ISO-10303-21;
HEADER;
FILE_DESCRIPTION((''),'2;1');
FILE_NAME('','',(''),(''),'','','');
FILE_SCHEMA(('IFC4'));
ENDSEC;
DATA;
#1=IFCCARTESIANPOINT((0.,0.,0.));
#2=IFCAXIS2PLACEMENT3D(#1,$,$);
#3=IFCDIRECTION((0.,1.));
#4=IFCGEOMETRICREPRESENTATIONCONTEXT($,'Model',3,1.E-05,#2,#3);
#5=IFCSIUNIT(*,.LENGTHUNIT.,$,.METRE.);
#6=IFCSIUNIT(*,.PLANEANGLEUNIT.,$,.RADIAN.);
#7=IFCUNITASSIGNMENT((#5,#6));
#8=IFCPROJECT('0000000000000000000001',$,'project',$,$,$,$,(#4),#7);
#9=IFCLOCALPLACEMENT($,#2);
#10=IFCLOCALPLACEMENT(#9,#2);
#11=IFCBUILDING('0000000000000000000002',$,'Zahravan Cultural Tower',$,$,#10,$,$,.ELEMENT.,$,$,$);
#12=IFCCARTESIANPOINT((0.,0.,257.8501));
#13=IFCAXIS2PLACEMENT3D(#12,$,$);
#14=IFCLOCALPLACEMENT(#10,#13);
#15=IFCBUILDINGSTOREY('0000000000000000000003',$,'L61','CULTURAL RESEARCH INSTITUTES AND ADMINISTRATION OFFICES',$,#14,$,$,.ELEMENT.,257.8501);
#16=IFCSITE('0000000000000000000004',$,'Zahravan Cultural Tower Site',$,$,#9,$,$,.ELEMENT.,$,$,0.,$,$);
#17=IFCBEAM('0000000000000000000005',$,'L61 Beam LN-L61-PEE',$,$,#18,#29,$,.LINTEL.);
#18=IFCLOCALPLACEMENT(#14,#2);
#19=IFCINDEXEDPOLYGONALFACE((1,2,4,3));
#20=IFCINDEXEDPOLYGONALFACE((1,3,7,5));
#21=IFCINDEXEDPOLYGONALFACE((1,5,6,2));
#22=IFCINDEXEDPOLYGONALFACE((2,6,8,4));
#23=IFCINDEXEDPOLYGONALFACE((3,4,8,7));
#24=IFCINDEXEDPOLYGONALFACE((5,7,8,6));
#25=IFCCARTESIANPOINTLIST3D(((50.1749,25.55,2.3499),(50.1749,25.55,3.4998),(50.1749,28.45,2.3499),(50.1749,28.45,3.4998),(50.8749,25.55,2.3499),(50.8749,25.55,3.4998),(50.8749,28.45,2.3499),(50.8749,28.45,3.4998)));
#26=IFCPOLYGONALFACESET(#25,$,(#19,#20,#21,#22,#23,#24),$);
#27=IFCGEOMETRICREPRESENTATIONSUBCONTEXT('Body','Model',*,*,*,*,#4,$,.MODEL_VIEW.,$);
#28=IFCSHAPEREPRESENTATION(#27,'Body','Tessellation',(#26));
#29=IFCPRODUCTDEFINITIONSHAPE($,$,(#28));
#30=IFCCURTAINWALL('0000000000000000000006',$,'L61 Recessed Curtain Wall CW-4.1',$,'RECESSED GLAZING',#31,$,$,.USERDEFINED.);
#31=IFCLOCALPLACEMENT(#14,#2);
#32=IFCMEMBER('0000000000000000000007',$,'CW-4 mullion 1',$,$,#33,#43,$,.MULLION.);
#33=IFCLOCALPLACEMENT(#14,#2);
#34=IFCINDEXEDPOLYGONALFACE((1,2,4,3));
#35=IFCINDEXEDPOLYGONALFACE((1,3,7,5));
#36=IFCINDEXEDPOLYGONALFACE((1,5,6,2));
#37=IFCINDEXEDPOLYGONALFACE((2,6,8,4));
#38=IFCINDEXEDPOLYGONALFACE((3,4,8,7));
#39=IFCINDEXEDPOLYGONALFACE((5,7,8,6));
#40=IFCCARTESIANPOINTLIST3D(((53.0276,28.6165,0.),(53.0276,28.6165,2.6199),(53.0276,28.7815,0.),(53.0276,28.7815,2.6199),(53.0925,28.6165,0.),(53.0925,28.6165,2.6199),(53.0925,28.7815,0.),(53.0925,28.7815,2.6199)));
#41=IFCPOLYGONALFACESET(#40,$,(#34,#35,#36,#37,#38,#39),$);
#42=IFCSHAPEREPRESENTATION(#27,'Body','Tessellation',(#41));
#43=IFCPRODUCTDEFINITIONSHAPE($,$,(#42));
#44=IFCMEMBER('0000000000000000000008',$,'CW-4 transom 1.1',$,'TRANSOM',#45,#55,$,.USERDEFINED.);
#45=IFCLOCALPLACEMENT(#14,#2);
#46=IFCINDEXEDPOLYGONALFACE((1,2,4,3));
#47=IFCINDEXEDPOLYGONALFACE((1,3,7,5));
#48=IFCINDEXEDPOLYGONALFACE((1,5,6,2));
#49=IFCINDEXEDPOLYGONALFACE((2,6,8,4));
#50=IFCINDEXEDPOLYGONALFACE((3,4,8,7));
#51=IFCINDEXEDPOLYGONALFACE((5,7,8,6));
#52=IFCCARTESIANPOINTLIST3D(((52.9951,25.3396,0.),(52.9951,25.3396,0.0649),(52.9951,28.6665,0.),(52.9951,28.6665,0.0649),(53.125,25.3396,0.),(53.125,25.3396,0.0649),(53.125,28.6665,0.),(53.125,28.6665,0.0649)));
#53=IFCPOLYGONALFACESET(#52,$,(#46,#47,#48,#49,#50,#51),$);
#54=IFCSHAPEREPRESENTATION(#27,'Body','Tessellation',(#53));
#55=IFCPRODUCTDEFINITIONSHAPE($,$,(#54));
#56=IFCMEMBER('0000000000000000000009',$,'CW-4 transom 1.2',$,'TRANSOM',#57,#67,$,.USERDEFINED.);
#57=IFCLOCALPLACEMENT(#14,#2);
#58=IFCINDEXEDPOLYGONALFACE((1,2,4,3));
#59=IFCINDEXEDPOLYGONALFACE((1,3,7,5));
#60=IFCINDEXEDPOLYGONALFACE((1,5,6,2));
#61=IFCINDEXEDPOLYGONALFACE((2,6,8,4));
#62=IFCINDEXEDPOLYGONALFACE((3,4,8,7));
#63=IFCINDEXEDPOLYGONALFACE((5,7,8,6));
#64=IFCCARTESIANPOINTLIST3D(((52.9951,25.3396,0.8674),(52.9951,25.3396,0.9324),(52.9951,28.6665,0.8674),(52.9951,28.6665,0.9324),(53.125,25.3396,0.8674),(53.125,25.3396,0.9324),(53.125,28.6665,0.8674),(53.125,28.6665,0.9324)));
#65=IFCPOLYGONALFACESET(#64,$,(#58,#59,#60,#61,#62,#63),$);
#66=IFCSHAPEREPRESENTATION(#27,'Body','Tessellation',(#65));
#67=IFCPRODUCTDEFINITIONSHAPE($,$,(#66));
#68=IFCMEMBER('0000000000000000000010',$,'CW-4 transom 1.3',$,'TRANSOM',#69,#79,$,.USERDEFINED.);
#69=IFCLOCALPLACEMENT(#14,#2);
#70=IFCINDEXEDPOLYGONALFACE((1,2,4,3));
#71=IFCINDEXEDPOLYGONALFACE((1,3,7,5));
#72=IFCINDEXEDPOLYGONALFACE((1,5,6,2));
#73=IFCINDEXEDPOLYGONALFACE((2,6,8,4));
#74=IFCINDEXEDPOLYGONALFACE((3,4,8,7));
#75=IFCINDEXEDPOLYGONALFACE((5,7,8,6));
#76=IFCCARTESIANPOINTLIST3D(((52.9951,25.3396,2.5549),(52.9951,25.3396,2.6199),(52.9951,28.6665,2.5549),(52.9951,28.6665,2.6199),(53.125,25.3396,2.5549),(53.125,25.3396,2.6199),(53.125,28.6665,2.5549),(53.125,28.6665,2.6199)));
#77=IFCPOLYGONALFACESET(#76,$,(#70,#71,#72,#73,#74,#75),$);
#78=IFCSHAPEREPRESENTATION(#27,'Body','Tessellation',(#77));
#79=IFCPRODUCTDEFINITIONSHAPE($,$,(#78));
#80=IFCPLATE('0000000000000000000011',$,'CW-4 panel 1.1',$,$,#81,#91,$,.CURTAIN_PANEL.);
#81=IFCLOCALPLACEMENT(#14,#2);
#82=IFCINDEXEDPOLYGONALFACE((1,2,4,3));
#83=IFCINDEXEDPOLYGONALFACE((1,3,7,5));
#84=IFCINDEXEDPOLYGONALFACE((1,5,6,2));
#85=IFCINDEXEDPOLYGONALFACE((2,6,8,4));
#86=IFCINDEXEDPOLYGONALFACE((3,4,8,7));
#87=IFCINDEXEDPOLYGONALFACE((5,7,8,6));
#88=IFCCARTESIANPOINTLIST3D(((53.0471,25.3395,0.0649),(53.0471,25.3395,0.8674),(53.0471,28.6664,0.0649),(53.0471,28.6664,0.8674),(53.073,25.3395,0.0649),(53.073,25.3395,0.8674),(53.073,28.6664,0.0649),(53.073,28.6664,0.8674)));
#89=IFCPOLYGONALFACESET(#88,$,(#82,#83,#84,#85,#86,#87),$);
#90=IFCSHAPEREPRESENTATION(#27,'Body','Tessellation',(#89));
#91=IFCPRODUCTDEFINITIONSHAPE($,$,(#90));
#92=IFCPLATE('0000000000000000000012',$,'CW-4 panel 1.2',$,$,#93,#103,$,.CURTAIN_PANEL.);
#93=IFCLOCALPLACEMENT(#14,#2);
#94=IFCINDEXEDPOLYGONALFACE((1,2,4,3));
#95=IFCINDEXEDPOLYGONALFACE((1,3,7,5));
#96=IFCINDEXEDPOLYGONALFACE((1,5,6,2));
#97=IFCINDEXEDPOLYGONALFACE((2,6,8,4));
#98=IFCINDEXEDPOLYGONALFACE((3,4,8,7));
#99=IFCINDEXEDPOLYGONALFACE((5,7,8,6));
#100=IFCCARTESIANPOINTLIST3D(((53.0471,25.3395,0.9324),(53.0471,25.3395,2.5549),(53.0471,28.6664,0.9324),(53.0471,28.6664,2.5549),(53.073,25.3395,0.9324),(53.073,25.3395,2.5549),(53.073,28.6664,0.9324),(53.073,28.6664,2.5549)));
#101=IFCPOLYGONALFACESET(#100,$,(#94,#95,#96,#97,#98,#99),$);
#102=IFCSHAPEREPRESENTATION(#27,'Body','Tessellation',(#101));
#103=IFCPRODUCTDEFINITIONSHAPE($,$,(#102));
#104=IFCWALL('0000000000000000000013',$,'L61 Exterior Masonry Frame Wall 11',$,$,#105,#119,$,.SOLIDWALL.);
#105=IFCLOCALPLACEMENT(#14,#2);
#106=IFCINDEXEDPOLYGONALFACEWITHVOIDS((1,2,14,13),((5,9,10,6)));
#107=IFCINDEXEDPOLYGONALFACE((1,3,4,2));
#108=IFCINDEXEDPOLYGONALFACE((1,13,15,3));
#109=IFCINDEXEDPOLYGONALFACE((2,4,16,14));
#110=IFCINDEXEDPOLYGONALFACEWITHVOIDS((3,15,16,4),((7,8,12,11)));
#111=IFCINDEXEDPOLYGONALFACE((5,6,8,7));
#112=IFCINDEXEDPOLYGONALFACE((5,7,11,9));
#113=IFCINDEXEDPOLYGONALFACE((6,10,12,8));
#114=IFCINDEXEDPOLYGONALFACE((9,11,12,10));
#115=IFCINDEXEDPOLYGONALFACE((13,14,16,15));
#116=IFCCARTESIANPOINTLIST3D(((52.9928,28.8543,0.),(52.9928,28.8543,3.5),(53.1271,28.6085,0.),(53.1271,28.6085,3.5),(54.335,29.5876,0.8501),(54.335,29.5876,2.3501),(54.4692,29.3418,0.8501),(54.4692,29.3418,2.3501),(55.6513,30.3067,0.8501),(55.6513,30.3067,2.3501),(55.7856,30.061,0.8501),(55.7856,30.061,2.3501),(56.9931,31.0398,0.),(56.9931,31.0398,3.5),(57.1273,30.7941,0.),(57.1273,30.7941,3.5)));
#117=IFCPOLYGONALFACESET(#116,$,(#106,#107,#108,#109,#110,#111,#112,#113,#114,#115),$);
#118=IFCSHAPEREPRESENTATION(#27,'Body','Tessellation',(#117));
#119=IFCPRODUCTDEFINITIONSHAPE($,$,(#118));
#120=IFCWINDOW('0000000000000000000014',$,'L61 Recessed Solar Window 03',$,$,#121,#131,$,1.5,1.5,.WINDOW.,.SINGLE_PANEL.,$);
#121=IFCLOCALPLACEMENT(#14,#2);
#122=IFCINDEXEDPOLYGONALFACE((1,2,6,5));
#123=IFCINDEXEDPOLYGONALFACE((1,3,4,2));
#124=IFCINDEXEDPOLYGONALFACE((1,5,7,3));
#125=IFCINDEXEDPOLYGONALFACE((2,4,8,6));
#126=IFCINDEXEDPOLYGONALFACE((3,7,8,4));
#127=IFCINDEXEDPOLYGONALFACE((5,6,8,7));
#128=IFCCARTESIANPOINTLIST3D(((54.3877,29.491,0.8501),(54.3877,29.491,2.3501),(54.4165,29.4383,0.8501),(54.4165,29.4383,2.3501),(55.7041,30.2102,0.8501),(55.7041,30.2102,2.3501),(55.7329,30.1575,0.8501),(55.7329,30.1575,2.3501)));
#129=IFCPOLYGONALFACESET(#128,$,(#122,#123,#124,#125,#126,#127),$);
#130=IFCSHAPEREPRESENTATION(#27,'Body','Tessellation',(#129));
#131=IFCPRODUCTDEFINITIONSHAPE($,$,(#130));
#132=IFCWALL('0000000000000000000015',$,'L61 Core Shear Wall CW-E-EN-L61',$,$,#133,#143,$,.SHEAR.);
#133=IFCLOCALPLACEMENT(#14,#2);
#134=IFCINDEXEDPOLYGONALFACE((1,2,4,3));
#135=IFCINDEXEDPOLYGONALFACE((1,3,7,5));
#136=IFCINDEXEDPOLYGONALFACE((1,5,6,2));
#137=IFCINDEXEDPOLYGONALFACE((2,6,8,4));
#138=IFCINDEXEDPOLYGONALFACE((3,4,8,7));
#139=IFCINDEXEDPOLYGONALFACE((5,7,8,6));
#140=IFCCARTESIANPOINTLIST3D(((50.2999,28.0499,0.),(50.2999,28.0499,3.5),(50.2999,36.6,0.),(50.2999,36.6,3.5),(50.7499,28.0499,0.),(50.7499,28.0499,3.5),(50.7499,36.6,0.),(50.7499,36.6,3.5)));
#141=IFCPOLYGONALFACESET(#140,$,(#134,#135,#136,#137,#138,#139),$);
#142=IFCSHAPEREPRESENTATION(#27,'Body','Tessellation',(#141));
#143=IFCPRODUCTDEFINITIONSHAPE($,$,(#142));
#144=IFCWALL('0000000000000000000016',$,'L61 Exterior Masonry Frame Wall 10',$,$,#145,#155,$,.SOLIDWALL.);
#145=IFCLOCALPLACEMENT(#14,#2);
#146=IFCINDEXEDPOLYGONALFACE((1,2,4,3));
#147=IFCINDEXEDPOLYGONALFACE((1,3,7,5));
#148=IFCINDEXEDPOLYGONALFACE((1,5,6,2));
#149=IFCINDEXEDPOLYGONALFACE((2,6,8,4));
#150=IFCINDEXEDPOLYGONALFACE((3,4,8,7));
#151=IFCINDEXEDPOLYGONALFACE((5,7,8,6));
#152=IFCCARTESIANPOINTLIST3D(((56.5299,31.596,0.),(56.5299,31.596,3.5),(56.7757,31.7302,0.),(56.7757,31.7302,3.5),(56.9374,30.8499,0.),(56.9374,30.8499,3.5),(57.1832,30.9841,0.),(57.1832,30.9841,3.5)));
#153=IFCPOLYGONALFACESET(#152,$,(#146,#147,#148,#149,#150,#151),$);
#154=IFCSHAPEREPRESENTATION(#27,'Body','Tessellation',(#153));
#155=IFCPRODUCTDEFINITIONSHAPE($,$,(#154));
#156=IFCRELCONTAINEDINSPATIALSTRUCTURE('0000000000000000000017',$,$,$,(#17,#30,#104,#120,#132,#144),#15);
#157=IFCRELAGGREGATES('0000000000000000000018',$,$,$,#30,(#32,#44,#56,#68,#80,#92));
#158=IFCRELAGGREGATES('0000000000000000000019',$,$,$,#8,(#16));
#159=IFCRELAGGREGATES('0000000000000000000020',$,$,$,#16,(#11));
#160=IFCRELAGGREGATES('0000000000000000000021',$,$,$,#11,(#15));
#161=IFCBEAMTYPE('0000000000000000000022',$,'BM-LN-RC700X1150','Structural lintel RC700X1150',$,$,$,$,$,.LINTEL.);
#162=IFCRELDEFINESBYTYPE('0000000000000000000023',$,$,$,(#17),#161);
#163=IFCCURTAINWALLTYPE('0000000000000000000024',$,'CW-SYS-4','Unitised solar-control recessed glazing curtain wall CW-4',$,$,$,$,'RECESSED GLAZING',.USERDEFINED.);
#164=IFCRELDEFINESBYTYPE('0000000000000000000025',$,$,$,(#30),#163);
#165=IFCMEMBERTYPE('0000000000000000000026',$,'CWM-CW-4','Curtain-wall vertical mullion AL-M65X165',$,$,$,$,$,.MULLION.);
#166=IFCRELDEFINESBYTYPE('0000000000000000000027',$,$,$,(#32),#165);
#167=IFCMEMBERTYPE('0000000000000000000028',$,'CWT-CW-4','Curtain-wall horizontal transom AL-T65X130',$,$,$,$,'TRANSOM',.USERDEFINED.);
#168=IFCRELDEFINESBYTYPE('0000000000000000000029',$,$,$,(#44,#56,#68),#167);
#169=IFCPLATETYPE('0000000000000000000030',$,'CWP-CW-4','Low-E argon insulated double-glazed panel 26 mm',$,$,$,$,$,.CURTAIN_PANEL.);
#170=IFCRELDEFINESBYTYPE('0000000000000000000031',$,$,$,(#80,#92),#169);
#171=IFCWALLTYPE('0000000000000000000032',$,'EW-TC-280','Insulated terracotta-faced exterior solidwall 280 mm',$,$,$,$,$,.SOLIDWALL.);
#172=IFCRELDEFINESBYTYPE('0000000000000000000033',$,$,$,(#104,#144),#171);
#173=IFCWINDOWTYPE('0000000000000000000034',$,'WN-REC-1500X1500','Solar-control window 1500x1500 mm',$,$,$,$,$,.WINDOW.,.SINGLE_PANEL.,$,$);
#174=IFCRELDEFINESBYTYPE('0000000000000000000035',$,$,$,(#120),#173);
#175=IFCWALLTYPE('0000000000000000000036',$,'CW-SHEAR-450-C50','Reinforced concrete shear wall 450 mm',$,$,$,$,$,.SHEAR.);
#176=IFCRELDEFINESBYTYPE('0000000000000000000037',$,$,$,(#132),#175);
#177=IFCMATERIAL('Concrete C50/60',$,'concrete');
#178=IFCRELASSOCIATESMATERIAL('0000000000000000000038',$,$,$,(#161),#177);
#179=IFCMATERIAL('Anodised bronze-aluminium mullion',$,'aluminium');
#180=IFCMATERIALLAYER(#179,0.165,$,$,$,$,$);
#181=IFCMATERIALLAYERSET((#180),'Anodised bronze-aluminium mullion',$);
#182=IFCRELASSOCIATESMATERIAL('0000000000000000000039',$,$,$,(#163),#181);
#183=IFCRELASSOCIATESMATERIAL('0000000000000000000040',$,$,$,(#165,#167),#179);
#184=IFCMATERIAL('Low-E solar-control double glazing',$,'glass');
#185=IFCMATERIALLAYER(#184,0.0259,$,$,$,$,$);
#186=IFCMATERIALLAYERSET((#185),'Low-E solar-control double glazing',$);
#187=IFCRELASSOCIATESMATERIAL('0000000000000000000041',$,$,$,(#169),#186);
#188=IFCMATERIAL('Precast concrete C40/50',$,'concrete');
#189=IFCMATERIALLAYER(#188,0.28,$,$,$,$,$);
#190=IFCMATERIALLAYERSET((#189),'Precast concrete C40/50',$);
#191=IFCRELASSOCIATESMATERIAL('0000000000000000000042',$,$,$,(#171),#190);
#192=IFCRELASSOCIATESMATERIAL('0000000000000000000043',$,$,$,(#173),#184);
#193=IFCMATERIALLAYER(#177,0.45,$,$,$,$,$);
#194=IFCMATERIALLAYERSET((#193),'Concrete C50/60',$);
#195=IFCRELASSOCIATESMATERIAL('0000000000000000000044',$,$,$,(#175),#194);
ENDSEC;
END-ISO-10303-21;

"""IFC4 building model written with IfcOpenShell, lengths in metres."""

from ifc_helpers import new_model, si_unit, direction, frame, frame_2d, origin, origin_2d, place, context, subcontext, project, spatial, rectangle, extrude, source, transform, mapped, material, layer, layer_set, material_profile, profile_set, type_object, element, fill, aggregate, save


model = new_model("IFC4")

# Units and contexts
model_context = context("Model", 3, precision=1e-05, world=origin(), true_north=direction((0.0, 1.0)))
body_context = subcontext(model_context, "Body", "Model", "MODEL_VIEW")
ifc_project = project(units=[si_unit("LENGTHUNIT", "METRE"), si_unit("PLANEANGLEUNIT", "RADIAN")], contexts=[model_context])

# Site, building, storey
site_placement = place(None, origin())
site = spatial("IfcSite", under=ifc_project, at=site_placement, Name="Zahravan Cultural Tower Site", CompositionType="ELEMENT", RefElevation=0.0)
building_placement = place(site_placement, origin())
building = spatial("IfcBuilding", under=site, at=building_placement, Name="Zahravan Cultural Tower", CompositionType="ELEMENT")
storey_placement = place(building_placement, frame((0.0, 0.0, 257.8501)))
storey = spatial("IfcBuildingStorey", under=building, at=storey_placement, Name="L61", Description="CULTURAL RESEARCH INSTITUTES AND ADMINISTRATION OFFICES", CompositionType="ELEMENT", Elevation=257.8501)

# Beam
ifc_material_1 = material(Name="Concrete C50/60", Category="concrete")
ifc_material_profile_1 = material_profile(ifc_material_1, rectangle(XDim=0.7, YDim=1.1499, at=origin_2d()), Name="RC700X1150")
ifc_profile_set_1 = profile_set([ifc_material_profile_1], Name="Concrete C50/60")
beam_type = type_object("IfcBeamType", Name="BM-LN-RC700X1150", Description="Structural lintel RC700X1150", PredefinedType="LINTEL", material=ifc_profile_set_1)
shared_shape_1 = source(origin(), body_context, "Body", "SweptSolid", [
    extrude(rectangle(XDim=0.7, YDim=1.1499, at=origin_2d()), origin(), (0.0, 0.0, 1.0), 2.8999),
])
beam_placement = place(storey_placement, frame((50.5249, 25.55, 2.9248), z_axis=(0.0, 1.0, 0.0), x_axis=(-1.0, 0.0, 0.0)))
element("IfcBeam", 1, at=beam_placement, inside=storey, type_object=beam_type, Name="L61 Beam LN-L61-PEE", PredefinedType="LINTEL", context=body_context, shape_type="MappedRepresentation", body=[
    mapped(shared_shape_1, transform((0.0, 0.0, 0.0), x_axis=(1.0, 0.0, 0.0), y_axis=(0.0, 1.0, 0.0), z_axis=(0.0, 0.0, 1.0), scale=1.0)),
])

# Curtain wall, members, plates
ifc_material_2 = material(Name="Anodised bronze-aluminium mullion", Category="aluminium")
ifc_layer_1 = layer(ifc_material_2, 0.165)
ifc_layer_set_1 = layer_set([ifc_layer_1], Name="Anodised bronze-aluminium mullion")
curtain_wall_type = type_object("IfcCurtainWallType", Name="CW-SYS-4", Description="Unitised solar-control recessed glazing curtain wall CW-4", ElementType="RECESSED GLAZING", PredefinedType="USERDEFINED", material=ifc_layer_set_1)
curtain_wall_placement = place(storey_placement, origin())
curtain_wall = element("IfcCurtainWall", 2, at=curtain_wall_placement, inside=storey, type_object=curtain_wall_type, Name="L61 Recessed Curtain Wall CW-4.1", ObjectType="RECESSED GLAZING", PredefinedType="USERDEFINED")
ifc_material_profile_2 = material_profile(ifc_material_2, rectangle(XDim=0.0649, YDim=0.165, at=origin_2d()), Name="AL-M65X165")
ifc_profile_set_2 = profile_set([ifc_material_profile_2], Name="Anodised bronze-aluminium mullion")
member_type_1 = type_object("IfcMemberType", Name="CWM-CW-4", Description="Curtain-wall vertical mullion AL-M65X165", PredefinedType="MULLION", material=ifc_profile_set_2)
shared_shape_2 = source(origin(), body_context, "Body", "SweptSolid", [
    extrude(rectangle(XDim=0.0649, YDim=0.165, at=origin_2d()), origin(), (0.0, 0.0, 1.0), 2.6199),
])
member_1_placement = place(storey_placement, frame((53.0601, 28.699, 0.0), z_axis=(0.0, 0.0, 1.0), x_axis=(1.0, 0.0, 0.0)))
member_1 = element("IfcMember", 3, at=member_1_placement, type_object=member_type_1, Name="CW-4 mullion 1", PredefinedType="MULLION", context=body_context, shape_type="MappedRepresentation", body=[
    mapped(shared_shape_2, transform((0.0, 0.0, 0.0), x_axis=(1.0, 0.0, 0.0), y_axis=(0.0, 1.0, 0.0), z_axis=(0.0, 0.0, 1.0), scale=1.0)),
])
ifc_material_profile_3 = material_profile(ifc_material_2, rectangle(XDim=0.1299, YDim=0.0649, at=origin_2d()), Name="AL-T65X130")
ifc_profile_set_3 = profile_set([ifc_material_profile_3], Name="Anodised bronze-aluminium mullion")
member_type_2 = type_object("IfcMemberType", Name="CWT-CW-4", Description="Curtain-wall horizontal transom AL-T65X130", ElementType="TRANSOM", PredefinedType="USERDEFINED", material=ifc_profile_set_3)
shared_shape_3 = source(origin(), body_context, "Body", "SweptSolid", [
    extrude(rectangle(XDim=0.1299, YDim=0.0649, at=origin_2d()), origin(), (0.0, 0.0, 1.0), 3.3269),
])
member_2_placement = place(storey_placement, frame((53.0601, 28.6665, 0.0325), z_axis=(0.0, -1.0, 0.0), x_axis=(1.0, 0.0, 0.0)))
member_2 = element("IfcMember", 4, at=member_2_placement, type_object=member_type_2, Name="CW-4 transom 1.1", ObjectType="TRANSOM", PredefinedType="USERDEFINED", context=body_context, shape_type="MappedRepresentation", body=[
    mapped(shared_shape_3, transform((0.0, 0.0, 0.0), x_axis=(1.0, 0.0, 0.0), y_axis=(0.0, 1.0, 0.0), z_axis=(0.0, 0.0, 1.0), scale=1.0)),
])
member_3_placement = place(storey_placement, frame((53.0601, 28.6665, 0.8999), z_axis=(0.0, -1.0, 0.0), x_axis=(1.0, 0.0, 0.0)))
member_3 = element("IfcMember", 5, at=member_3_placement, type_object=member_type_2, Name="CW-4 transom 1.2", ObjectType="TRANSOM", PredefinedType="USERDEFINED", context=body_context, shape_type="MappedRepresentation", body=[
    mapped(shared_shape_3, transform((0.0, 0.0, 0.0), x_axis=(1.0, 0.0, 0.0), y_axis=(0.0, 1.0, 0.0), z_axis=(0.0, 0.0, 1.0), scale=1.0)),
])
member_4_placement = place(storey_placement, frame((53.0601, 28.6665, 2.5874), z_axis=(0.0, -1.0, 0.0), x_axis=(1.0, 0.0, 0.0)))
member_4 = element("IfcMember", 6, at=member_4_placement, type_object=member_type_2, Name="CW-4 transom 1.3", ObjectType="TRANSOM", PredefinedType="USERDEFINED", context=body_context, shape_type="MappedRepresentation", body=[
    mapped(shared_shape_3, transform((0.0, 0.0, 0.0), x_axis=(1.0, 0.0, 0.0), y_axis=(0.0, 1.0, 0.0), z_axis=(0.0, 0.0, 1.0), scale=1.0)),
])
ifc_material_3 = material(Name="Low-E solar-control double glazing", Category="glass")
ifc_layer_2 = layer(ifc_material_3, 0.0259)
ifc_layer_set_2 = layer_set([ifc_layer_2], Name="Low-E solar-control double glazing")
plate_type = type_object("IfcPlateType", Name="CWP-CW-4", Description="Low-E argon insulated double-glazed panel 26 mm", PredefinedType="CURTAIN_PANEL", material=ifc_layer_set_2)
shared_shape_4 = source(origin(), body_context, "Body", "SweptSolid", [
    extrude(rectangle(XDim=3.3269, YDim=0.0259, at=origin_2d()), origin(), (0.0, 0.0, 1.0), 0.8025),
])
plate_1_placement = place(storey_placement, frame((53.0601, 27.0029, 0.0649), z_axis=(0.0, 0.0, 1.0), x_axis=(0.0, -1.0, 0.0)))
plate_1 = element("IfcPlate", 7, at=plate_1_placement, type_object=plate_type, Name="CW-4 panel 1.1", PredefinedType="CURTAIN_PANEL", context=body_context, shape_type="MappedRepresentation", body=[
    mapped(shared_shape_4, transform((0.0, 0.0, 0.0), x_axis=(1.0, 0.0, 0.0), y_axis=(0.0, 1.0, 0.0), z_axis=(0.0, 0.0, 1.0), scale=1.0)),
])
shared_shape_5 = source(origin(), body_context, "Body", "SweptSolid", [
    extrude(rectangle(XDim=3.3269, YDim=0.0259, at=origin_2d()), origin(), (0.0, 0.0, 1.0), 1.6226),
])
plate_2_placement = place(storey_placement, frame((53.0601, 27.0029, 0.9324), z_axis=(0.0, 0.0, 1.0), x_axis=(0.0, -1.0, 0.0)))
plate_2 = element("IfcPlate", 8, at=plate_2_placement, type_object=plate_type, Name="CW-4 panel 1.2", PredefinedType="CURTAIN_PANEL", context=body_context, shape_type="MappedRepresentation", body=[
    mapped(shared_shape_5, transform((0.0, 0.0, 0.0), x_axis=(1.0, 0.0, 0.0), y_axis=(0.0, 1.0, 0.0), z_axis=(0.0, 0.0, 1.0), scale=1.0)),
])
aggregate(curtain_wall, [member_1, member_2, member_3, member_4, plate_1, plate_2])

# Wall, opening, window
ifc_material_4 = material(Name="Precast concrete C40/50", Category="concrete")
ifc_layer_3 = layer(ifc_material_4, 0.28)
ifc_layer_set_3 = layer_set([ifc_layer_3], Name="Precast concrete C40/50")
wall_type_1 = type_object("IfcWallType", Name="EW-TC-280", Description="Insulated terracotta-faced exterior solidwall 280 mm", PredefinedType="SOLIDWALL", material=ifc_layer_set_3)
wall_1_placement = place(storey_placement, frame((57.0603, 30.917, 0.0), z_axis=(0.0, 0.0, 1.0), x_axis=(-0.877564, -0.47946, 0.0)))
wall_1 = element("IfcWall", 9, at=wall_1_placement, inside=storey, type_object=wall_type_1, Name="L61 Exterior Masonry Frame Wall 11", PredefinedType="SOLIDWALL", context=body_context, shape_type="SweptSolid", body=[
    extrude(rectangle(XDim=4.5583, YDim=0.28, at=frame_2d((2.2793, 0.0))), origin(), (0.0, 0.0, 1.0), 3.5),
])
opening_placement = place(wall_1_placement, frame((1.5291, 0.0, 0.8501)))
opening = element("IfcOpeningElement", 10, at=opening_placement, cuts=wall_1, PredefinedType="OPENING", context=body_context, shape_type="SweptSolid", body=[
    extrude(rectangle(XDim=1.5, YDim=1.5, at=frame_2d((0.75, 0.75))), frame((0.0, 0.1499, 0.0), z_axis=(0.0, -1.0, 0.0), x_axis=(1.0, 0.0, 0.0)), (0.0, 0.0, 1.0), 0.3),
])
window_type = type_object("IfcWindowType", Name="WN-REC-1500X1500", Description="Solar-control window 1500x1500 mm", PartitioningType="SINGLE_PANEL", PredefinedType="WINDOW", material=ifc_material_3)
shared_shape_6 = source(origin(), body_context, "Body", "SweptSolid", [
    extrude(rectangle(XDim=1.5, YDim=1.5, at=frame_2d((0.75, 0.75))), frame((0.0, 0.03, 0.0), z_axis=(0.0, -1.0, 0.0), x_axis=(1.0, 0.0, 0.0)), (0.0, 0.0, 1.0), 0.0601),
])
window_placement = place(opening_placement, origin())
window = element("IfcWindow", 11, at=window_placement, inside=storey, type_object=window_type, Name="L61 Recessed Solar Window 03", OverallHeight=1.5, OverallWidth=1.5, PartitioningType="SINGLE_PANEL", PredefinedType="WINDOW", context=body_context, shape_type="MappedRepresentation", body=[
    mapped(shared_shape_6, transform((0.0, 0.0, 0.0), x_axis=(1.0, 0.0, 0.0), y_axis=(0.0, 1.0, 0.0), z_axis=(0.0, 0.0, 1.0), scale=1.0)),
])
fill(opening, window)

# Walls
ifc_layer_4 = layer(ifc_material_1, 0.45)
ifc_layer_set_4 = layer_set([ifc_layer_4], Name="Concrete C50/60")
wall_type_2 = type_object("IfcWallType", Name="CW-SHEAR-450-C50", Description="Reinforced concrete shear wall 450 mm", PredefinedType="SHEAR", material=ifc_layer_set_4)
shared_shape_7 = source(origin(), body_context, "Body", "SweptSolid", [
    extrude(rectangle(XDim=8.55, YDim=0.45, at=frame_2d((4.2749, 0.0))), origin(), (0.0, 0.0, 1.0), 3.5),
])
wall_2_placement = place(storey_placement, frame((50.5249, 28.05, 0.0), z_axis=(0.0, 0.0, 1.0), x_axis=(0.0, 1.0, 0.0)))
element("IfcWall", 12, at=wall_2_placement, inside=storey, type_object=wall_type_2, Name="L61 Core Shear Wall CW-E-EN-L61", PredefinedType="SHEAR", context=body_context, shape_type="MappedRepresentation", body=[
    mapped(shared_shape_7, transform((0.0, 0.0, 0.0), x_axis=(1.0, 0.0, 0.0), y_axis=(0.0, 1.0, 0.0), z_axis=(0.0, 0.0, 1.0), scale=1.0)),
])
shared_shape_8 = source(origin(), body_context, "Body", "SweptSolid", [
    extrude(rectangle(XDim=0.8501, YDim=0.28, at=frame_2d((0.425, 0.0))), origin(), (0.0, 0.0, 1.0), 3.5),
])
wall_3_placement = place(storey_placement, frame((56.6528, 31.6631, 0.0), z_axis=(0.0, 0.0, 1.0), x_axis=(0.479315, -0.877643, 0.0)))
element("IfcWall", 13, at=wall_3_placement, inside=storey, type_object=wall_type_1, Name="L61 Exterior Masonry Frame Wall 10", PredefinedType="SOLIDWALL", context=body_context, shape_type="MappedRepresentation", body=[
    mapped(shared_shape_8, transform((0.0, 0.0, 0.0), x_axis=(1.0, 0.0, 0.0), y_axis=(0.0, 1.0, 0.0), z_axis=(0.0, 0.0, 1.0), scale=1.0)),
])

save(model, "model.ifc")
